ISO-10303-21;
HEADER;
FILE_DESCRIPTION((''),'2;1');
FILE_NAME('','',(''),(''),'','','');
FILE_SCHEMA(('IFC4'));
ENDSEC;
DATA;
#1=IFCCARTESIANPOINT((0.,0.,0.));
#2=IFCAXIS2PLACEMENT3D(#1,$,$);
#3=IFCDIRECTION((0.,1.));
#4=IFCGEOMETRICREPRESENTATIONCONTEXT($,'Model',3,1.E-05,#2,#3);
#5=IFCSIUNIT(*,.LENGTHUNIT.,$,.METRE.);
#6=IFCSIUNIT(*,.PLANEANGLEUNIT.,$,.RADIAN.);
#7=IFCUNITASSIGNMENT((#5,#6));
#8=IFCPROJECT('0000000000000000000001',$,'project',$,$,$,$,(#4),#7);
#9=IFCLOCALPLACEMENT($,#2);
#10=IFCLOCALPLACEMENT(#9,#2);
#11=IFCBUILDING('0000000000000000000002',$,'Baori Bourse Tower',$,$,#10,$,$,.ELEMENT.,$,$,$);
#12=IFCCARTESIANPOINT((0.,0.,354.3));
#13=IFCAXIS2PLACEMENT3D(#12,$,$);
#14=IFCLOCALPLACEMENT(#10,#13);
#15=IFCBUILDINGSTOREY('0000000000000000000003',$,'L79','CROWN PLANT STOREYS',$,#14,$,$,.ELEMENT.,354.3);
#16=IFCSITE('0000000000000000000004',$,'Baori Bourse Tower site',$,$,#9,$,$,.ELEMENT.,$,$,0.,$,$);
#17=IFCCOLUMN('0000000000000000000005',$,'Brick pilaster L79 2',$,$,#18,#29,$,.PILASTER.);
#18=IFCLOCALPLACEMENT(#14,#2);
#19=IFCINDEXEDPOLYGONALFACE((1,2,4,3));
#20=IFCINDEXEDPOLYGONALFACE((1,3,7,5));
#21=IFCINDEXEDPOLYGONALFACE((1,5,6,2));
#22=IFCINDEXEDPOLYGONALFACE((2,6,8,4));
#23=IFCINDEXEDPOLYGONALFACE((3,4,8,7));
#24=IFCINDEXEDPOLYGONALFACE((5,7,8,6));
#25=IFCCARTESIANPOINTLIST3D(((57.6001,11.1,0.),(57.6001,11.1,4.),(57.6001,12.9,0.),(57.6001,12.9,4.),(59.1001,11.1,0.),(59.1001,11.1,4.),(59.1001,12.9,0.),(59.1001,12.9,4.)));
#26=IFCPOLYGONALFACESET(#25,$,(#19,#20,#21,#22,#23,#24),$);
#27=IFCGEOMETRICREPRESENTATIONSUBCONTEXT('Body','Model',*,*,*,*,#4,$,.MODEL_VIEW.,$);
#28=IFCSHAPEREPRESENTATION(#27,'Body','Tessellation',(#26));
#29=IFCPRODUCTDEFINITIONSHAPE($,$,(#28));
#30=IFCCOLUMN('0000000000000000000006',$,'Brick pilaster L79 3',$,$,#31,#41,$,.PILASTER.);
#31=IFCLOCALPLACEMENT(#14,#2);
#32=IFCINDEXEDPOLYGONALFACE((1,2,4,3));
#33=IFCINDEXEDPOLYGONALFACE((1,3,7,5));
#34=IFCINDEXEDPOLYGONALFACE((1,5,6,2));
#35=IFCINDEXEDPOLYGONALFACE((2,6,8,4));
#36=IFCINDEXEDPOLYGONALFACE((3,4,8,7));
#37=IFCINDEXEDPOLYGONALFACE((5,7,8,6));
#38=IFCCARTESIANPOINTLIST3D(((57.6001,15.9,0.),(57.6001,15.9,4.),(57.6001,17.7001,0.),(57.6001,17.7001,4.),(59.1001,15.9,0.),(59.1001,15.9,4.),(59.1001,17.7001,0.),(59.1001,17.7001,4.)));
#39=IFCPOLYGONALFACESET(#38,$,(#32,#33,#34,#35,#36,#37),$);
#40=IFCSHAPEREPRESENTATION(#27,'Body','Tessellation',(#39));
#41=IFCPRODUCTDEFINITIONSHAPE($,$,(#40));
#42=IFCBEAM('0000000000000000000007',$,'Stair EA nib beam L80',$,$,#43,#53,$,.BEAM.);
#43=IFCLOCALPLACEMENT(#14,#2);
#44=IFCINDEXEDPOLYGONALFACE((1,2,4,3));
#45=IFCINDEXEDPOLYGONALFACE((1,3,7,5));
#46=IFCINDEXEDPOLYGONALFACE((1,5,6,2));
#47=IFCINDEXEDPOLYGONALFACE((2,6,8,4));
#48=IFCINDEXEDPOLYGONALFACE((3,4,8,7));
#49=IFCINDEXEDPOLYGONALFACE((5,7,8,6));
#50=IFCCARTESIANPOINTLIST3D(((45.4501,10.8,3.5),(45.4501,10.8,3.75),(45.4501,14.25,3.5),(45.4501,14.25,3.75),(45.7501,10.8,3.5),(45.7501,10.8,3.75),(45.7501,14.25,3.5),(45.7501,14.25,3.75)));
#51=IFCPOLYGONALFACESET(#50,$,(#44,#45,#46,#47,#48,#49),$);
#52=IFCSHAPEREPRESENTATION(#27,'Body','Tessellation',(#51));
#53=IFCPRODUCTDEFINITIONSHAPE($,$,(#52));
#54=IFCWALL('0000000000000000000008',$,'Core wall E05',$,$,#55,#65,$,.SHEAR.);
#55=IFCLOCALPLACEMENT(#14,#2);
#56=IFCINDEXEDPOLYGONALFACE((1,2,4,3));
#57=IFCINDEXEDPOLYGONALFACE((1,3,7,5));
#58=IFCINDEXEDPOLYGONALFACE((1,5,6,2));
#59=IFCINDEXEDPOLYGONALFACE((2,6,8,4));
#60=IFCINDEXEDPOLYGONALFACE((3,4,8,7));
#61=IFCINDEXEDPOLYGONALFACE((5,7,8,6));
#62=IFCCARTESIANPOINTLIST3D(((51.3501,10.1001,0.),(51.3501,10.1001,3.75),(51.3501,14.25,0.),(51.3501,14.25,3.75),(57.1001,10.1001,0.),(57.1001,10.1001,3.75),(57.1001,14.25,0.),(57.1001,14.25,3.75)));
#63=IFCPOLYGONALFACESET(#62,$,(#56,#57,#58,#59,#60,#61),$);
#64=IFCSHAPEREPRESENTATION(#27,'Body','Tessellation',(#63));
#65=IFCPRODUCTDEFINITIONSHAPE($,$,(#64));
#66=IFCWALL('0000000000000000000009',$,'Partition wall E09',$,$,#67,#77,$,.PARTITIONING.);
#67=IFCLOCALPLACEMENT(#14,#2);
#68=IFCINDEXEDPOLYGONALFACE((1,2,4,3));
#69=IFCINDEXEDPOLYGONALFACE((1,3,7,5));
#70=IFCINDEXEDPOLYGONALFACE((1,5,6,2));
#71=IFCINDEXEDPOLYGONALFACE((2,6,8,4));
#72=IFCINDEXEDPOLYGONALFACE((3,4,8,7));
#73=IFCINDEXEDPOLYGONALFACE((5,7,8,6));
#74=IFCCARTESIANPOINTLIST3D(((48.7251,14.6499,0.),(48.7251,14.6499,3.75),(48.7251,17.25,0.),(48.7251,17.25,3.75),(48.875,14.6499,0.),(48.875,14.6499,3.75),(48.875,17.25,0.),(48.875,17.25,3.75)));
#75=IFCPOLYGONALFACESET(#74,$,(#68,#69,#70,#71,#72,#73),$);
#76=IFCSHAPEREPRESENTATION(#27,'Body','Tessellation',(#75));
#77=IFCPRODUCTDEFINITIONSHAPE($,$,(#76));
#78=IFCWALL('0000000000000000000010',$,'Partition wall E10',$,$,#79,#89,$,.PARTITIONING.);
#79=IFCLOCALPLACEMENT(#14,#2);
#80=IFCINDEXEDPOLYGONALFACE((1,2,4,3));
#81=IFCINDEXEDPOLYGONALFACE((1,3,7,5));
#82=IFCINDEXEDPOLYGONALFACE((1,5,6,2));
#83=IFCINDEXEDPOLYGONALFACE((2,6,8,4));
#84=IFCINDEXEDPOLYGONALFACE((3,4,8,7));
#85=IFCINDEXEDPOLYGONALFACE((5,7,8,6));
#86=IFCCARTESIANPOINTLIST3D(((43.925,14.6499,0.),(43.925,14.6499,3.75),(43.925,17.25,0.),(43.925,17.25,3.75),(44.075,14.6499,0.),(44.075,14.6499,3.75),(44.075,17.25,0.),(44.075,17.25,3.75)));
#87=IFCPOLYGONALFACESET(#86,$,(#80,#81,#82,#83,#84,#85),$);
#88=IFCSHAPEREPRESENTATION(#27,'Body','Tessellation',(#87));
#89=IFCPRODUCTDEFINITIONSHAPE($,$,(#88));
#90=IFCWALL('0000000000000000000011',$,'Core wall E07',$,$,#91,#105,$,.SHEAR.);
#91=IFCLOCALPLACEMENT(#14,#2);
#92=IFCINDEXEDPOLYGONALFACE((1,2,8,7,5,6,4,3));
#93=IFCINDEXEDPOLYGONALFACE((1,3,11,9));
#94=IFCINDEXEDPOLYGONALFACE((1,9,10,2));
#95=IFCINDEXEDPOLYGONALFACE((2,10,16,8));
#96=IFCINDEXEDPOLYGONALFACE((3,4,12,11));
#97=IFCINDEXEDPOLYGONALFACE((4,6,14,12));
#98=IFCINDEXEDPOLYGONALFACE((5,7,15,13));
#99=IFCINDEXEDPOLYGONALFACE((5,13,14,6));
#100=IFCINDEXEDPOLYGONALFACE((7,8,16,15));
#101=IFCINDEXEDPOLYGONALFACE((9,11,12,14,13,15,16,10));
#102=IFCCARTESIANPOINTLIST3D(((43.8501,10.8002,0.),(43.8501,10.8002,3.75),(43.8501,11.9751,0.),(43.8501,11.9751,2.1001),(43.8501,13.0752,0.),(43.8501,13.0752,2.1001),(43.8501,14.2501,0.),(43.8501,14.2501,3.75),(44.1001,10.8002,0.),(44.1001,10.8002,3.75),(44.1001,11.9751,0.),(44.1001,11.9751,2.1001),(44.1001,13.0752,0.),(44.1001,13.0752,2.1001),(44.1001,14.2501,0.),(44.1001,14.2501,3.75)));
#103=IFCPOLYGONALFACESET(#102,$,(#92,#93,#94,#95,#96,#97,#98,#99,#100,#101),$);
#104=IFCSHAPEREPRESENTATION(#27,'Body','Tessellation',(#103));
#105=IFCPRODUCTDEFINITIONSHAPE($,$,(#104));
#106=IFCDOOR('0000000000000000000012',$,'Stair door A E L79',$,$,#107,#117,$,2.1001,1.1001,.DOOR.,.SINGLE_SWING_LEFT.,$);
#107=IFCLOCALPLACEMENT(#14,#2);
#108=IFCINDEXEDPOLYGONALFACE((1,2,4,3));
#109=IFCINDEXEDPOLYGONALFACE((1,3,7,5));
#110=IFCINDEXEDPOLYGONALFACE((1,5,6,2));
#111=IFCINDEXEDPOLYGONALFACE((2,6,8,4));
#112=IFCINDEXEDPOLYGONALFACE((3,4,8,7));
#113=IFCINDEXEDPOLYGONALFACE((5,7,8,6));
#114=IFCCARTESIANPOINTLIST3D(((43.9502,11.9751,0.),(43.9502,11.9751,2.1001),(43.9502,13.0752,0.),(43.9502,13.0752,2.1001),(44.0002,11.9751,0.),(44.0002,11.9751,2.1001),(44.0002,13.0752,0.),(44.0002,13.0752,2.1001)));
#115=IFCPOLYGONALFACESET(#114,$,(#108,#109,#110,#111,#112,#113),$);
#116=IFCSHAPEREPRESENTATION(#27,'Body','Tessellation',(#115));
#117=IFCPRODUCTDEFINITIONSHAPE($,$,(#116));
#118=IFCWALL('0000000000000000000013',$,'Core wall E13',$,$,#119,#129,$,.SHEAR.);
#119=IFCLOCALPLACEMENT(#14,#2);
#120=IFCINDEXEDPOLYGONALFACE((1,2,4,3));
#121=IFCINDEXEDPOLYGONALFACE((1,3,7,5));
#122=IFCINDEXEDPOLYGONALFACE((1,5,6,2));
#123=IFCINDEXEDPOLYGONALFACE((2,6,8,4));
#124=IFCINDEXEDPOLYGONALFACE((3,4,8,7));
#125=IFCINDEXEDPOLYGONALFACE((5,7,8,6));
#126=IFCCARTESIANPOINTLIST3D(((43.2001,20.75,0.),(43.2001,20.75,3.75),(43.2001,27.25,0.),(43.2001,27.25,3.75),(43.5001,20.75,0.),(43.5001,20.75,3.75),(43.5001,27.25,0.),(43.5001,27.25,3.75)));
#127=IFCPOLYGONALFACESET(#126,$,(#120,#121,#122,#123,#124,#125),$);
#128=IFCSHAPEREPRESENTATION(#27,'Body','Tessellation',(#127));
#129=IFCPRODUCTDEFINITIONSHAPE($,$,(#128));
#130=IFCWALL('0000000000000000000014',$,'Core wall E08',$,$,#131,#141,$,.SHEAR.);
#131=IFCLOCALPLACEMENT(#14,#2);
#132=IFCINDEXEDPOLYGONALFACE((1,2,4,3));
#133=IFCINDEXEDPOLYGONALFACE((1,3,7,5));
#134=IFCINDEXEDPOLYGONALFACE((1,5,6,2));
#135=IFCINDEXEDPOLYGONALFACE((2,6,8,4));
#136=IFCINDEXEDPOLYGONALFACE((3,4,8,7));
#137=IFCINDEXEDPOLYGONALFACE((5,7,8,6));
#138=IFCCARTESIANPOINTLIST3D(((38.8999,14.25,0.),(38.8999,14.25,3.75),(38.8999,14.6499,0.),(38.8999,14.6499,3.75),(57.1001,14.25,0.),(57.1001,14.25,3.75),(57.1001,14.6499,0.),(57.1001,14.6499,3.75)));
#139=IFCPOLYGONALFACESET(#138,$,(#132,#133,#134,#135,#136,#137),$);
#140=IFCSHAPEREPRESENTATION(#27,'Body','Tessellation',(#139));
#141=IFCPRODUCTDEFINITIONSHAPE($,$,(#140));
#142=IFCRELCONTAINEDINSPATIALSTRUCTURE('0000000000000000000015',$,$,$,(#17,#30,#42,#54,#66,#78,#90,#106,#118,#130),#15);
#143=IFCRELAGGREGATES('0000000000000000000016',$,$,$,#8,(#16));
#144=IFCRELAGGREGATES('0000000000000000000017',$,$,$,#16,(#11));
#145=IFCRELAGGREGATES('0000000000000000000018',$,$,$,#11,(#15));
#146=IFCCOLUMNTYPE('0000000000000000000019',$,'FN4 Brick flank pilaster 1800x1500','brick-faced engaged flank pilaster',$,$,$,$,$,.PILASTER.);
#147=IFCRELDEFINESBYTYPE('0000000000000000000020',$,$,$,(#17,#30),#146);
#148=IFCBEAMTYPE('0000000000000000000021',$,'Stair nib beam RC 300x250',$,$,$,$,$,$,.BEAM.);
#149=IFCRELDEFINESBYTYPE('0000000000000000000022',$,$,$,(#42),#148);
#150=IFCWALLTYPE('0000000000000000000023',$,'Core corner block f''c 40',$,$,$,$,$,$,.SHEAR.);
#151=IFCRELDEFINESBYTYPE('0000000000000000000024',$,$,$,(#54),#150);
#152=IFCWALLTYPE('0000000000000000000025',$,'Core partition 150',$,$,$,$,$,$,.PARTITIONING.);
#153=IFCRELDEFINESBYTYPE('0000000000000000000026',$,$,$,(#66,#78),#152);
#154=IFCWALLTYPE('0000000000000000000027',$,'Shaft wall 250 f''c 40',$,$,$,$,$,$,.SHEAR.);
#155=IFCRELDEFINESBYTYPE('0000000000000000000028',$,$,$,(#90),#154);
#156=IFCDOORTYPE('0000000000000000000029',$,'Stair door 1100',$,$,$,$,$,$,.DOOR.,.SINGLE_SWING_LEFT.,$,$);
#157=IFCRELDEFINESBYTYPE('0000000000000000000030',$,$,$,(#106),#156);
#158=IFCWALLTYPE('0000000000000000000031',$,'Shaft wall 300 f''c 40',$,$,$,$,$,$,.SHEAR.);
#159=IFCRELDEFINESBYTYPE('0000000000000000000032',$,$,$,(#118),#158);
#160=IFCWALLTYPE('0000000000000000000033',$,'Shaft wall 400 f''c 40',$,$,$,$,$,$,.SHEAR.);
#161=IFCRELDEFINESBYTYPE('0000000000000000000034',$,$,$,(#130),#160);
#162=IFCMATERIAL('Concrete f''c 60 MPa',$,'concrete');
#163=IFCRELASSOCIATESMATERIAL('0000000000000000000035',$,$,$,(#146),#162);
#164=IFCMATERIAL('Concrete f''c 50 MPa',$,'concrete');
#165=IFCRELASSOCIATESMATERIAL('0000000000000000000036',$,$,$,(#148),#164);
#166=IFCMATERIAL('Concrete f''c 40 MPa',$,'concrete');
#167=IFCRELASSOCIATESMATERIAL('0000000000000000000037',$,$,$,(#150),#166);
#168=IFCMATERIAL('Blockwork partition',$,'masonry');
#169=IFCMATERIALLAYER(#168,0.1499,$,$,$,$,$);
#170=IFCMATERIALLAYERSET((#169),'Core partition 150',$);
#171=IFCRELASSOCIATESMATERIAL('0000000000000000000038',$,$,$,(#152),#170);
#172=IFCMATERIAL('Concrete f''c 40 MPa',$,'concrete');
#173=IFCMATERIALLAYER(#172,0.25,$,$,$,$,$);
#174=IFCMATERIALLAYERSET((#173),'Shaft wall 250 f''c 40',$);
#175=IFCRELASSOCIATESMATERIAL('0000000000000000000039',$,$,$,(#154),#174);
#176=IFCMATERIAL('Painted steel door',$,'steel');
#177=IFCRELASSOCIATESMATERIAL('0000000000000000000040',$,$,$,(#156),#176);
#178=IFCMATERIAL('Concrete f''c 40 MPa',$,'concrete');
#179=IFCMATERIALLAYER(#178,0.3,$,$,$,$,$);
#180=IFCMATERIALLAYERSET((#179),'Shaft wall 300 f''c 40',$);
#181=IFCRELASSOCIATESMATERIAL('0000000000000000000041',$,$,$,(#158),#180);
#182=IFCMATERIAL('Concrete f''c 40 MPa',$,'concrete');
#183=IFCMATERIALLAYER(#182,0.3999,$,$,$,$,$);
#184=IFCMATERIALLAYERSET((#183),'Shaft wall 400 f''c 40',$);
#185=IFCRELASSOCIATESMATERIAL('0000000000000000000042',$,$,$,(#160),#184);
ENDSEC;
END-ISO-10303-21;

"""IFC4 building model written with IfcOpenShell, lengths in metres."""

from ifc_helpers import new_model, si_unit, direction, frame, frame_2d, origin, origin_2d, place, context, subcontext, project, spatial, rectangle, extrude, material, layer, layer_set, material_profile, profile_set, type_object, element, fill, save


model = new_model("IFC4")

# Units and contexts
model_context = context("Model", 3, precision=1e-05, world=origin(), true_north=direction((0.0, 1.0)))
body_context = subcontext(model_context, "Body", "Model", "MODEL_VIEW")
ifc_project = project(units=[si_unit("LENGTHUNIT", "METRE"), si_unit("PLANEANGLEUNIT", "RADIAN")], contexts=[model_context])

# Site, building, storey
site_placement = place(None, origin())
site = spatial("IfcSite", under=ifc_project, at=site_placement, Name="Baori Bourse Tower site", CompositionType="ELEMENT", RefElevation=0.0)
building_placement = place(site_placement, origin())
building = spatial("IfcBuilding", under=site, at=building_placement, Name="Baori Bourse Tower", CompositionType="ELEMENT")
storey_placement = place(building_placement, frame((0.0, 0.0, 354.3)))
storey = spatial("IfcBuildingStorey", under=building, at=storey_placement, Name="L79", Description="CROWN PLANT STOREYS", CompositionType="ELEMENT", Elevation=354.3)

# Columns
ifc_material_1 = material(Name="Concrete f'c 60 MPa", Category="concrete")
ifc_material_profile_1 = material_profile(ifc_material_1, rectangle(XDim=1.8, YDim=1.5, at=origin_2d()), Name="RC 1800x1500")
ifc_profile_set_1 = profile_set([ifc_material_profile_1], Name="Concrete f'c 60 MPa")
column_type = type_object("IfcColumnType", Name="FN4 Brick flank pilaster 1800x1500", Description="brick-faced engaged flank pilaster", PredefinedType="PILASTER", material=ifc_profile_set_1)
for number, where, z_axis, x_axis, name in (
    (1, (58.3501, 12.0, 0.0), (0.0, 0.0, 1.0), (0.0, 1.0, 0.0), "Brick pilaster L79 2"),
    (2, (58.3501, 16.8, 0.0), (0.0, 0.0, 1.0), (0.0, 1.0, 0.0), "Brick pilaster L79 3"),
):
    element("IfcColumn", number, at=place(storey_placement, frame(where, z_axis=z_axis, x_axis=x_axis)), inside=storey, type_object=column_type, Name=name, PredefinedType="PILASTER", context=body_context, shape_type="SweptSolid", body=[
        extrude(rectangle(XDim=1.8, YDim=1.5, at=origin_2d()), origin(), (0.0, 0.0, 1.0), 4.0),
    ])

# Beam
ifc_material_2 = material(Name="Concrete f'c 50 MPa", Category="concrete")
ifc_material_profile_2 = material_profile(ifc_material_2, rectangle(XDim=0.3, YDim=0.25, at=origin_2d()), Name="RC 300x250")
ifc_profile_set_2 = profile_set([ifc_material_profile_2], Name="Concrete f'c 50 MPa")
beam_type = type_object("IfcBeamType", Name="Stair nib beam RC 300x250", PredefinedType="BEAM", material=ifc_profile_set_2)
beam_placement = place(storey_placement, frame((45.6001, 10.8, 3.625), z_axis=(0.0, 1.0, 0.0), x_axis=(-1.0, 0.0, 0.0)))
element("IfcBeam", 3, at=beam_placement, inside=storey, type_object=beam_type, Name="Stair EA nib beam L80", PredefinedType="BEAM", context=body_context, shape_type="SweptSolid", body=[
    extrude(rectangle(XDim=0.3, YDim=0.25, at=origin_2d()), origin(), (0.0, 0.0, 1.0), 3.45),
])

# Walls
ifc_material_3 = material(Name="Concrete f'c 40 MPa", Category="concrete")
wall_type_1 = type_object("IfcWallType", Name="Core corner block f'c 40", PredefinedType="SHEAR", material=ifc_material_3)
wall_1_placement = place(storey_placement, frame((51.3501, 12.175, 0.0), z_axis=(0.0, 0.0, 1.0), x_axis=(1.0, 0.0, 0.0)))
element("IfcWall", 4, at=wall_1_placement, inside=storey, type_object=wall_type_1, Name="Core wall E05", PredefinedType="SHEAR", context=body_context, shape_type="SweptSolid", body=[
    extrude(rectangle(XDim=5.75, YDim=4.1499, at=frame_2d((2.875, 0.0))), origin(), (0.0, 0.0, 1.0), 3.75),
])
ifc_material_4 = material(Name="Blockwork partition", Category="masonry")
ifc_layer_1 = layer(ifc_material_4, 0.1499)
ifc_layer_set_1 = layer_set([ifc_layer_1], Name="Core partition 150")
wall_type_2 = type_object("IfcWallType", Name="Core partition 150", PredefinedType="PARTITIONING", material=ifc_layer_set_1)
for number, where, z_axis, x_axis, name in (
    (5, (48.8, 14.6499, 0.0), (0.0, 0.0, 1.0), (0.0, 1.0, 0.0), "Partition wall E09"),
    (6, (44.0, 14.6499, 0.0), (0.0, 0.0, 1.0), (0.0, 1.0, 0.0), "Partition wall E10"),
):
    element("IfcWall", number, at=place(storey_placement, frame(where, z_axis=z_axis, x_axis=x_axis)), inside=storey, type_object=wall_type_2, Name=name, PredefinedType="PARTITIONING", context=body_context, shape_type="SweptSolid", body=[
        extrude(rectangle(XDim=2.6001, YDim=0.1499, at=frame_2d((1.3, 0.0))), origin(), (0.0, 0.0, 1.0), 3.75),
    ])

# Wall, opening, door
ifc_material_5 = material(Name="Concrete f'c 40 MPa", Category="concrete")
ifc_layer_2 = layer(ifc_material_5, 0.25)
ifc_layer_set_2 = layer_set([ifc_layer_2], Name="Shaft wall 250 f'c 40")
wall_type_3 = type_object("IfcWallType", Name="Shaft wall 250 f'c 40", PredefinedType="SHEAR", material=ifc_layer_set_2)
wall_2_placement = place(storey_placement, frame((43.9751, 10.8, 0.0), z_axis=(0.0, 0.0, 1.0), x_axis=(0.0, 1.0, 0.0)))
wall_2 = element("IfcWall", 7, at=wall_2_placement, inside=storey, type_object=wall_type_3, Name="Core wall E07", PredefinedType="SHEAR", context=body_context, shape_type="SweptSolid", body=[
    extrude(rectangle(XDim=3.45, YDim=0.25, at=frame_2d((1.7251, 0.0))), origin(), (0.0, 0.0, 1.0), 3.75),
])
opening_1_placement = place(wall_2_placement, frame((1.175, 0.0, 0.0)))
opening_1 = element("IfcOpeningElement", 8, at=opening_1_placement, cuts=wall_2, PredefinedType="OPENING", context=body_context, shape_type="SweptSolid", body=[
    extrude(rectangle(XDim=1.1001, YDim=2.1001, at=frame_2d((0.55, 1.05))), frame((0.0, 0.135, 0.0), z_axis=(0.0, -1.0, 0.0), x_axis=(1.0, 0.0, 0.0)), (0.0, 0.0, 1.0), 0.27),
])
ifc_material_6 = material(Name="Painted steel door", Category="steel")
door_type_1 = type_object("IfcDoorType", Name="Stair door 1100", OperationType="SINGLE_SWING_LEFT", PredefinedType="DOOR", material=ifc_material_6)
door_1_placement = place(opening_1_placement, origin())
door_1 = element("IfcDoor", 9, at=door_1_placement, inside=storey, type_object=door_type_1, Name="Stair door A E L79", OperationType="SINGLE_SWING_LEFT", OverallHeight=2.1001, OverallWidth=1.1001, PredefinedType="DOOR", context=body_context, shape_type="SweptSolid", body=[
    extrude(rectangle(XDim=1.1001, YDim=2.1001, at=frame_2d((0.55, 1.05))), frame((0.0, 0.0249, 0.0), z_axis=(0.0, -1.0, 0.0), x_axis=(1.0, 0.0, 0.0)), (0.0, 0.0, 1.0), 0.05),
])
fill(opening_1, door_1)

# Walls
ifc_material_7 = material(Name="Concrete f'c 40 MPa", Category="concrete")
ifc_layer_3 = layer(ifc_material_7, 0.3)
ifc_layer_set_3 = layer_set([ifc_layer_3], Name="Shaft wall 300 f'c 40")
wall_type_4 = type_object("IfcWallType", Name="Shaft wall 300 f'c 40", PredefinedType="SHEAR", material=ifc_layer_set_3)
wall_3_placement = place(storey_placement, frame((43.3501, 20.75, 0.0), z_axis=(0.0, 0.0, 1.0), x_axis=(0.0, 1.0, 0.0)))
element("IfcWall", 10, at=wall_3_placement, inside=storey, type_object=wall_type_4, Name="Core wall E13", PredefinedType="SHEAR", context=body_context, shape_type="SweptSolid", body=[
    extrude(rectangle(XDim=6.5, YDim=0.3, at=frame_2d((3.25, 0.0))), origin(), (0.0, 0.0, 1.0), 3.75),
])
ifc_material_8 = material(Name="Concrete f'c 40 MPa", Category="concrete")
ifc_layer_4 = layer(ifc_material_8, 0.3999)
ifc_layer_set_4 = layer_set([ifc_layer_4], Name="Shaft wall 400 f'c 40")
wall_type_5 = type_object("IfcWallType", Name="Shaft wall 400 f'c 40", PredefinedType="SHEAR", material=ifc_layer_set_4)
wall_4_placement = place(storey_placement, frame((38.8999, 14.45, 0.0), z_axis=(0.0, 0.0, 1.0), x_axis=(1.0, 0.0, 0.0)))
element("IfcWall", 11, at=wall_4_placement, inside=storey, type_object=wall_type_5, Name="Core wall E08", PredefinedType="SHEAR", context=body_context, shape_type="SweptSolid", body=[
    extrude(rectangle(XDim=18.2002, YDim=0.3999, at=frame_2d((9.1001, 0.0))), origin(), (0.0, 0.0, 1.0), 3.75),
])

save(model, "model.ifc")
